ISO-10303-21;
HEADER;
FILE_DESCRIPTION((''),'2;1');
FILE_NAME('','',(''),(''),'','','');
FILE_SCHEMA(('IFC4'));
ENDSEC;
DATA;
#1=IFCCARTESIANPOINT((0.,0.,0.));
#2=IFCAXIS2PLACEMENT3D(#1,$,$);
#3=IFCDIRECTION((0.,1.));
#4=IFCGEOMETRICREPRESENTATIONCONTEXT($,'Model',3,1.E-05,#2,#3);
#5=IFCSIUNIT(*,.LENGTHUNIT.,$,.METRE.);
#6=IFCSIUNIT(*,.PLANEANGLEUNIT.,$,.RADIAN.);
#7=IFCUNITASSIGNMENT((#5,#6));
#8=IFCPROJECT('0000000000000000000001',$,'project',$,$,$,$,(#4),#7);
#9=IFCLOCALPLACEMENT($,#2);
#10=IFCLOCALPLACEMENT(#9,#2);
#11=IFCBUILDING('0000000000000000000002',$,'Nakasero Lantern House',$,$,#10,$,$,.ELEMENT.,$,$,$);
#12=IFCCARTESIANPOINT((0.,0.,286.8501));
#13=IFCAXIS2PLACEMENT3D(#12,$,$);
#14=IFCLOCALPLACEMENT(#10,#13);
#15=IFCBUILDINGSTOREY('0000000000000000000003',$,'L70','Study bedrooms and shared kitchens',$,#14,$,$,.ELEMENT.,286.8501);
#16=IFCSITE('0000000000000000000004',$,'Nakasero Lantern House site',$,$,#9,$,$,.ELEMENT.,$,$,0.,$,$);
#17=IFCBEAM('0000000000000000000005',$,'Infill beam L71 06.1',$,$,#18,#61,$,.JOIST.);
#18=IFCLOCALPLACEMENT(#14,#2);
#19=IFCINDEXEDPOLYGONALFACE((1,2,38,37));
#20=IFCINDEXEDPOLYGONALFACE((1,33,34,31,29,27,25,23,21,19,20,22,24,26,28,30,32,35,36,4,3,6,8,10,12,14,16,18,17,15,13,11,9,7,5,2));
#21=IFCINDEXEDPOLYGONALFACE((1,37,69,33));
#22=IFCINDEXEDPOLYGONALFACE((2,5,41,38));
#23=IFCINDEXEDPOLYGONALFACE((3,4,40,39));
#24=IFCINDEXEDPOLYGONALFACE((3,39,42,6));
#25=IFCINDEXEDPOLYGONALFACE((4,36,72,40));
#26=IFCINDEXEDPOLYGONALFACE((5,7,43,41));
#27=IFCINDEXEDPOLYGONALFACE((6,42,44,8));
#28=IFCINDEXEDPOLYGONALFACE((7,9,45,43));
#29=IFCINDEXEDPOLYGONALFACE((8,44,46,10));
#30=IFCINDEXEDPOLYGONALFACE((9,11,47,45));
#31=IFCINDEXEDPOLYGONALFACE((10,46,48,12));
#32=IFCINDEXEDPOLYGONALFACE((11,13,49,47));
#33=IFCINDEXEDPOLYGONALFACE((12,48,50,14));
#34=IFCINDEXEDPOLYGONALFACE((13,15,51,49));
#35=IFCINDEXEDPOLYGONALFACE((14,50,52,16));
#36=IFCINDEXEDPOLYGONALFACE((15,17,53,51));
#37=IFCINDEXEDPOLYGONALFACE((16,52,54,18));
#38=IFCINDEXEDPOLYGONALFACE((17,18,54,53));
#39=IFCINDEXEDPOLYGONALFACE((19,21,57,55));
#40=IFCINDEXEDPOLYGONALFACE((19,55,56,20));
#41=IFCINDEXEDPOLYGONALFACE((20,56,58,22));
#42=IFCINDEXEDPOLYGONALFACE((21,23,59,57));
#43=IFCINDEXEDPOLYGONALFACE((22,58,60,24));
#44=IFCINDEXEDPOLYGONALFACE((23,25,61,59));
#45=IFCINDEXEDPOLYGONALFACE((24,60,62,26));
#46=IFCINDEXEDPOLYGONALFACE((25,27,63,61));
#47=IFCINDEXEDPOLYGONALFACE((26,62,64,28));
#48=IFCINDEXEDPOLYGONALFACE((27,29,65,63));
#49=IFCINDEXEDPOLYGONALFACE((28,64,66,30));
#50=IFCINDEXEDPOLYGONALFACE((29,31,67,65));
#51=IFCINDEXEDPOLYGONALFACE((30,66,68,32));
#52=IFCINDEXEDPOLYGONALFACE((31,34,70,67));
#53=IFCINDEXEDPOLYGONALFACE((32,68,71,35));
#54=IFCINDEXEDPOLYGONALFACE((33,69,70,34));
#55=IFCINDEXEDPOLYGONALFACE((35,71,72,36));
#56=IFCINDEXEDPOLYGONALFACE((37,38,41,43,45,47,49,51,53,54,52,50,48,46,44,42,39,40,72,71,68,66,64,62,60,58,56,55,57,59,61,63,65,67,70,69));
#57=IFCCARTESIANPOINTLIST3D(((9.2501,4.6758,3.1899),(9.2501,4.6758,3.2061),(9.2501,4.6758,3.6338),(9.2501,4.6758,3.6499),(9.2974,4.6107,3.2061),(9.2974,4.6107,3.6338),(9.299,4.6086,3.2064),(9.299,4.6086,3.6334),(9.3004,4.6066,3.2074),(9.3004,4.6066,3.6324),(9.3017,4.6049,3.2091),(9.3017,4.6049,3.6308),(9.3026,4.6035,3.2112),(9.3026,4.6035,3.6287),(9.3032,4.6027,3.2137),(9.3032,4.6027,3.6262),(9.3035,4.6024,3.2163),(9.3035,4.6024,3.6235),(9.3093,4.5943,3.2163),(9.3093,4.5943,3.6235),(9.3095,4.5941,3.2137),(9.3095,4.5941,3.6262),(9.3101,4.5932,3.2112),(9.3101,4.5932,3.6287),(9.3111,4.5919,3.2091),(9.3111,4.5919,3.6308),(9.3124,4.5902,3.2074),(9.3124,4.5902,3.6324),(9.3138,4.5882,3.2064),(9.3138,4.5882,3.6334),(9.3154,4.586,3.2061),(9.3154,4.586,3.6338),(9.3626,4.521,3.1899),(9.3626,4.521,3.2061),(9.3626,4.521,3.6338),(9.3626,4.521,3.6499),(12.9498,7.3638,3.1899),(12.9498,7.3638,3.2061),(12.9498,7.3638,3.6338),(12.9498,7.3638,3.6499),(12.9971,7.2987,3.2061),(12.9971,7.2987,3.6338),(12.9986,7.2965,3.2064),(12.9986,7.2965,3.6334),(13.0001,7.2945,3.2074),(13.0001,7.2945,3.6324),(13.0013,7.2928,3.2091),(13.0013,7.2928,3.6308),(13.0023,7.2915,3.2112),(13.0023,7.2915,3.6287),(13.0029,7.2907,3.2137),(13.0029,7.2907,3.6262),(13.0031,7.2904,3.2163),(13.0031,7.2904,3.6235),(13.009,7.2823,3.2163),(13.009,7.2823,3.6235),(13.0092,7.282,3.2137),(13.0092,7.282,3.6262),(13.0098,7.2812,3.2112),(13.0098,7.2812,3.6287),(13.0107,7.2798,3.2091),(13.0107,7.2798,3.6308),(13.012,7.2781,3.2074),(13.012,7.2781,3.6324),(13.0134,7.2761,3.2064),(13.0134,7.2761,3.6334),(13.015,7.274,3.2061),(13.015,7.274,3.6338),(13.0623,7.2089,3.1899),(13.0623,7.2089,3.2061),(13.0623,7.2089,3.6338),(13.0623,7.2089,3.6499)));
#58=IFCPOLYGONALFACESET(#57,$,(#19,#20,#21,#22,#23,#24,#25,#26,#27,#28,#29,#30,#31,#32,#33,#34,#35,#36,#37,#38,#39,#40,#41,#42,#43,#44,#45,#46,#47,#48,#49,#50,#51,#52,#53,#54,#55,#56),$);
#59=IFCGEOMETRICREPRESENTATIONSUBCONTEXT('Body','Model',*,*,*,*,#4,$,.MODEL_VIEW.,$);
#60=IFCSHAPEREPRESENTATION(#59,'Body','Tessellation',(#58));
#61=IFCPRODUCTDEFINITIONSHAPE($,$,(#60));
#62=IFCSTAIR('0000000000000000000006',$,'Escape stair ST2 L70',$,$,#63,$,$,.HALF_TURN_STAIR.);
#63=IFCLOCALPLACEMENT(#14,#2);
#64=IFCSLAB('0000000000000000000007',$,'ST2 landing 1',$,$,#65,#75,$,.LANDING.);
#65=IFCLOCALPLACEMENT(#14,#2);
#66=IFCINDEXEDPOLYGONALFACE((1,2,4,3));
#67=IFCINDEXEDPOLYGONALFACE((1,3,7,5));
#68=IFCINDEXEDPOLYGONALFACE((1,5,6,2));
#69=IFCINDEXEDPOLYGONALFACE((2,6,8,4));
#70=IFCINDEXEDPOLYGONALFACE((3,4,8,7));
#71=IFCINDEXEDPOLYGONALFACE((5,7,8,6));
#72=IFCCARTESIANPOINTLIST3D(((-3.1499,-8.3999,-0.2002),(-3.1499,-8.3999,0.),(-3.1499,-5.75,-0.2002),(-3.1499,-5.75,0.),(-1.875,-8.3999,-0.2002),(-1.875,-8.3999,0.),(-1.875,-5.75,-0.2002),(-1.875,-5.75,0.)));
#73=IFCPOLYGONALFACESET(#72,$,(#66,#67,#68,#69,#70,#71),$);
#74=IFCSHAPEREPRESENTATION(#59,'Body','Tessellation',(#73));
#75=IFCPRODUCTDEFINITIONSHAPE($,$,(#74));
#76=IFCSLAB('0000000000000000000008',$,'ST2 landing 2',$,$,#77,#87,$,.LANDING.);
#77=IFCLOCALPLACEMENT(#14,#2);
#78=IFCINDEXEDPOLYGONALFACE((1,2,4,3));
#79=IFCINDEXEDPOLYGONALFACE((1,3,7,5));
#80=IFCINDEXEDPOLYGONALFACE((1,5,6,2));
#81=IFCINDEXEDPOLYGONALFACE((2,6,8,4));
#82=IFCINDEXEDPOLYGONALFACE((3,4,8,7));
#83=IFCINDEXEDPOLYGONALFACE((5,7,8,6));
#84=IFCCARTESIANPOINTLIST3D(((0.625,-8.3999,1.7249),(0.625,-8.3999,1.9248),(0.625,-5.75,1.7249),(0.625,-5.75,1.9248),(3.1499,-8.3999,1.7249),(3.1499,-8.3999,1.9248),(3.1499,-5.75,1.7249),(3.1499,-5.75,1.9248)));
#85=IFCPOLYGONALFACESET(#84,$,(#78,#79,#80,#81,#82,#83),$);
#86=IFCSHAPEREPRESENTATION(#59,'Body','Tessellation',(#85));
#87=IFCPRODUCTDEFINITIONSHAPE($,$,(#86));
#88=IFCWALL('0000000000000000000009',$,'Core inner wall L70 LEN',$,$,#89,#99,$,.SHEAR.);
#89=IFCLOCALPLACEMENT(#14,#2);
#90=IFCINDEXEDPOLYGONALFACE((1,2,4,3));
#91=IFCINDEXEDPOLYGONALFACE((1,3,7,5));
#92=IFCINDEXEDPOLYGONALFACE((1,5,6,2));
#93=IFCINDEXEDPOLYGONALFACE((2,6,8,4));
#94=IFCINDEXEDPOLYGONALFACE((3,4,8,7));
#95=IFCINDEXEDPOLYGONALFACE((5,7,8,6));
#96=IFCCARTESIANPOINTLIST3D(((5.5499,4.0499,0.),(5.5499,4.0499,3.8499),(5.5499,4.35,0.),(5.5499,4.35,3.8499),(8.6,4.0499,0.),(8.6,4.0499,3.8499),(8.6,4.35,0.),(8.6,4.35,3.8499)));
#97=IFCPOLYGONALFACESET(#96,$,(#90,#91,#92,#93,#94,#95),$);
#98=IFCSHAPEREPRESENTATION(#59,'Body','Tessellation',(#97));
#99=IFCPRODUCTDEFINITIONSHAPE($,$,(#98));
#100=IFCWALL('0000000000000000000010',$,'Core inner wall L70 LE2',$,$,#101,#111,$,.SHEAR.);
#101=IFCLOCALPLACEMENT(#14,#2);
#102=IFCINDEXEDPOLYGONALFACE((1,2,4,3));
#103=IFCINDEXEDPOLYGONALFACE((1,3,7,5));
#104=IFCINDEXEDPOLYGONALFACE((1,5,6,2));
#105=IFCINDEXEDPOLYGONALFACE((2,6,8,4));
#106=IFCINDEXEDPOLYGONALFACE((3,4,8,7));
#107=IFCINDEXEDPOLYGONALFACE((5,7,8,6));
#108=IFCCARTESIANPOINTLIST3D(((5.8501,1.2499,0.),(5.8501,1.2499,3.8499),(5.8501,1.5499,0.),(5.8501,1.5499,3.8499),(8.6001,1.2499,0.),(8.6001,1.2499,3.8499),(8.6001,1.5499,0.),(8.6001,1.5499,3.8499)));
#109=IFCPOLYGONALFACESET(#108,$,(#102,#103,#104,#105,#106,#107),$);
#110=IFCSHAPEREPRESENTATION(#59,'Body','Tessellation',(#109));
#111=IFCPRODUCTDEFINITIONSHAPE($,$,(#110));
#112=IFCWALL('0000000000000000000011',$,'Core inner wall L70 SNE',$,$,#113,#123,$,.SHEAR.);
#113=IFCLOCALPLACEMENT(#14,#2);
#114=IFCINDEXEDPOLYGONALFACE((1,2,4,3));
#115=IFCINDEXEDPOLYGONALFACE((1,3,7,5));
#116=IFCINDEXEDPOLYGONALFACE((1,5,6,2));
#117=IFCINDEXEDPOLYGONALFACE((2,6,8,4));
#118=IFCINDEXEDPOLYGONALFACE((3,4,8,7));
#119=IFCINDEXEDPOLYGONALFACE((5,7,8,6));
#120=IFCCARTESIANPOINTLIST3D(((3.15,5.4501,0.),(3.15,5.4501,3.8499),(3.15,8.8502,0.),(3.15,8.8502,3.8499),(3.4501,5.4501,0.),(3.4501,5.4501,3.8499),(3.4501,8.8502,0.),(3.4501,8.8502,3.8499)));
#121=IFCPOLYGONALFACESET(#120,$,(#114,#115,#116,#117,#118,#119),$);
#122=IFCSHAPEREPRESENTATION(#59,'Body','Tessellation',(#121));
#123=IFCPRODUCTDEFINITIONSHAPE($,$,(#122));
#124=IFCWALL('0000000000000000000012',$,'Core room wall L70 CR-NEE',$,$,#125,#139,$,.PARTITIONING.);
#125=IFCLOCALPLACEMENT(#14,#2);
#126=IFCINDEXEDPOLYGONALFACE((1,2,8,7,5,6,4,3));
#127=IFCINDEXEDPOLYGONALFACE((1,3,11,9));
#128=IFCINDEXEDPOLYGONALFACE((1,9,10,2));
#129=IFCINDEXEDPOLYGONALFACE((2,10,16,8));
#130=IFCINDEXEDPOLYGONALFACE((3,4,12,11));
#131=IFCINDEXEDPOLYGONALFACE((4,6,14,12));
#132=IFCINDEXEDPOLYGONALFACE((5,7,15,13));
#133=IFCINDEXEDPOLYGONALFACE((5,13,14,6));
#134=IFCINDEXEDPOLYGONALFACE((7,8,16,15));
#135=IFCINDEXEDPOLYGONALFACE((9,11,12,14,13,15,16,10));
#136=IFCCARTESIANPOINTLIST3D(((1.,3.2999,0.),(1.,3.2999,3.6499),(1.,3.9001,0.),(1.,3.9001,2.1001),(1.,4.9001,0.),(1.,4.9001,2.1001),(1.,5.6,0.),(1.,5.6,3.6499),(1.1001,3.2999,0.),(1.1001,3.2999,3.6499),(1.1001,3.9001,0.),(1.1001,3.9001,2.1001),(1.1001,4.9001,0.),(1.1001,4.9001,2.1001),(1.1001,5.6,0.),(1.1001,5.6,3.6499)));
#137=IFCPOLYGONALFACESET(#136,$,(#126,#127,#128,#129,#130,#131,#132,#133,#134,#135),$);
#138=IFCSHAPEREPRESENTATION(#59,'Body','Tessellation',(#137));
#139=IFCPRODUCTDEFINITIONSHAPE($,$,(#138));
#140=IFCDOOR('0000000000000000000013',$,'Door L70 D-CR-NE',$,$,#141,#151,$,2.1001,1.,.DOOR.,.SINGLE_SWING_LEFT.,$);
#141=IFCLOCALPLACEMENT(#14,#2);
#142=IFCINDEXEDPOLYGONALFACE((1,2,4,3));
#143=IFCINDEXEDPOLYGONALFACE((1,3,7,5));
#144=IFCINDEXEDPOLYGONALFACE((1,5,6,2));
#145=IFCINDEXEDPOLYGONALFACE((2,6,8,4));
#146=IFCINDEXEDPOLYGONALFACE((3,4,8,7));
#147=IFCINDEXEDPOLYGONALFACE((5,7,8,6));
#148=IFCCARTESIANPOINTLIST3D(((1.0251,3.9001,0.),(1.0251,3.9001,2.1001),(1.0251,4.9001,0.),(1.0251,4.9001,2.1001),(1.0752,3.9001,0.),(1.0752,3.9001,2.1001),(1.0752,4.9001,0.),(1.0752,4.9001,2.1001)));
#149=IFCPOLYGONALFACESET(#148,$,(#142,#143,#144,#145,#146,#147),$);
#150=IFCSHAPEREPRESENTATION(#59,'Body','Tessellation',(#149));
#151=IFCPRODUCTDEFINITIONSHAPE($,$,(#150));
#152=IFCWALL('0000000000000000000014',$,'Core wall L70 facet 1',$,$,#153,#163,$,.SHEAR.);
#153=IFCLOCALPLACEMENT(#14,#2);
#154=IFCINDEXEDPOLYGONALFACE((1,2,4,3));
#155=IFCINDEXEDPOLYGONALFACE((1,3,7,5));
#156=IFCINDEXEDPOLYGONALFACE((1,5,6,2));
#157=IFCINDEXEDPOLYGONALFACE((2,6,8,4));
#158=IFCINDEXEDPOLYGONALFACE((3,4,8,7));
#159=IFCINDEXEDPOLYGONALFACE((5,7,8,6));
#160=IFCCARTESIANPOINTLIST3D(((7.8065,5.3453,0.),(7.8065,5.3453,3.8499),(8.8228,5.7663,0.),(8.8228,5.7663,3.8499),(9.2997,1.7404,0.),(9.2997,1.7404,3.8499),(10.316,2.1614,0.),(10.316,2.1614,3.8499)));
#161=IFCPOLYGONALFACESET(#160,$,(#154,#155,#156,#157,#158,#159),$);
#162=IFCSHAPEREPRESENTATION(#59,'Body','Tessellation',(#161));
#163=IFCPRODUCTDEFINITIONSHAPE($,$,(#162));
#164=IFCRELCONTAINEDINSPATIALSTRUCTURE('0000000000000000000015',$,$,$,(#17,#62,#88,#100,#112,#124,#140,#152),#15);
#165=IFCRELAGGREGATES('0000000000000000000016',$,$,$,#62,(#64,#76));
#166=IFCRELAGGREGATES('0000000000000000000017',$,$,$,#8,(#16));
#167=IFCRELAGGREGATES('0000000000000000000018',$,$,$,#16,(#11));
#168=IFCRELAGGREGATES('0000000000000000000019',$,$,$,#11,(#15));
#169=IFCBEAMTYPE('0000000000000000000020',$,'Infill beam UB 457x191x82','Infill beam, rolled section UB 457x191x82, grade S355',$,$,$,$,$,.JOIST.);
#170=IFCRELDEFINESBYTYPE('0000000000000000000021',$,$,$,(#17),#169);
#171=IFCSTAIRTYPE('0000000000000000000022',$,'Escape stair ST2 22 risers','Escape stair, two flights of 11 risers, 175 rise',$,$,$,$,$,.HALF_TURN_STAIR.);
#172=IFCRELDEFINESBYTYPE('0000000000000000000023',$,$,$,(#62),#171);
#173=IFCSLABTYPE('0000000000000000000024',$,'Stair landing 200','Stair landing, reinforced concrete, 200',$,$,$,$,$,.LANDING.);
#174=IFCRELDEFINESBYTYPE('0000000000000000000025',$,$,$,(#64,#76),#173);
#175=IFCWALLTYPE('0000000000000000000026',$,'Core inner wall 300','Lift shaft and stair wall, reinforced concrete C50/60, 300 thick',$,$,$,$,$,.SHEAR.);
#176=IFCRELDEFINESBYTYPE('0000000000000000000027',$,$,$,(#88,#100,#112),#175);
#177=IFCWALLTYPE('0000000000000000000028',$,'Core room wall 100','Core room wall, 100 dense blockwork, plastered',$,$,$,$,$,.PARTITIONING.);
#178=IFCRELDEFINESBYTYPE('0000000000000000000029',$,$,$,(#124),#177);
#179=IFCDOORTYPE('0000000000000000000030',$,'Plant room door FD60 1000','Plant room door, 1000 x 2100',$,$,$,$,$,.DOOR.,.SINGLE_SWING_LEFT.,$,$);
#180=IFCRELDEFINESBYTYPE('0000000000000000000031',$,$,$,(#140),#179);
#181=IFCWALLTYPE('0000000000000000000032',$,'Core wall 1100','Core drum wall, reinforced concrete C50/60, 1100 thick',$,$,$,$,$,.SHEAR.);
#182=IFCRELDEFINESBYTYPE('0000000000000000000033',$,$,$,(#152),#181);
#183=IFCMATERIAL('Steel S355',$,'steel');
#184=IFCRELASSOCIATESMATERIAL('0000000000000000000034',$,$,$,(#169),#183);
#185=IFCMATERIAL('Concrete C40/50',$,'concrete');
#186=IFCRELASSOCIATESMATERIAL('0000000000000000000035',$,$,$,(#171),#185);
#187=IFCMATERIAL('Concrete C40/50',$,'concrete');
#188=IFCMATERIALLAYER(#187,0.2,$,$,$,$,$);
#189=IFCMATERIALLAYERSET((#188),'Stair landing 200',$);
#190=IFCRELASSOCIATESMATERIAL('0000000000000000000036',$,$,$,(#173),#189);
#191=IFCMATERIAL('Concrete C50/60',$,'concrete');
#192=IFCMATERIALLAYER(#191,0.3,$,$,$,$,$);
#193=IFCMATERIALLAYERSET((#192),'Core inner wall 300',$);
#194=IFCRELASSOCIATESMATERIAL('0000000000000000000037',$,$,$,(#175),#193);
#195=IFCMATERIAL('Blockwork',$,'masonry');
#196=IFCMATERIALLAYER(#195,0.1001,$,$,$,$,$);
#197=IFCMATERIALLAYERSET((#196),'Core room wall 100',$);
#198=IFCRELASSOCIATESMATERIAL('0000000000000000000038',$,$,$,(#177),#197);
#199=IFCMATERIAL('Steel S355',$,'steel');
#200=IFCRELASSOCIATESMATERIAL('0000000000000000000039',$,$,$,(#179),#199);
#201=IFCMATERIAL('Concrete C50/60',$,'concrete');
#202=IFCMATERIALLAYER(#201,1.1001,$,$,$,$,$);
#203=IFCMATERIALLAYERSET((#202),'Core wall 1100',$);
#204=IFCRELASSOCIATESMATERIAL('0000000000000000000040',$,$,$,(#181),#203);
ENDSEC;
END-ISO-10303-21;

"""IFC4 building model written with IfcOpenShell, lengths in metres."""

from ifc_helpers import new_model, si_unit, direction, frame, frame_2d, origin, origin_2d, place, context, subcontext, project, spatial, polyline, rectangle, i_section, outline, extrude, material, layer, layer_set, material_profile, profile_set, type_object, element, fill, aggregate, save


model = new_model("IFC4")

# Units and contexts
model_context = context("Model", 3, precision=1e-05, world=origin(), true_north=direction((0.0, 1.0)))
body_context = subcontext(model_context, "Body", "Model", "MODEL_VIEW")
ifc_project = project(units=[si_unit("LENGTHUNIT", "METRE"), si_unit("PLANEANGLEUNIT", "RADIAN")], contexts=[model_context])

# Site, building, storey
site_placement = place(None, origin())
site = spatial("IfcSite", under=ifc_project, at=site_placement, Name="Nakasero Lantern House site", CompositionType="ELEMENT", RefElevation=0.0)
building_placement = place(site_placement, origin())
building = spatial("IfcBuilding", under=site, at=building_placement, Name="Nakasero Lantern House", CompositionType="ELEMENT")
storey_placement = place(building_placement, frame((0.0, 0.0, 286.8501)))
storey = spatial("IfcBuildingStorey", under=building, at=storey_placement, Name="L70", Description="Study bedrooms and shared kitchens", CompositionType="ELEMENT", Elevation=286.8501)

# Beam
ifc_material_1 = material(Name="Steel S355", Category="steel")
ifc_material_profile = material_profile(ifc_material_1, i_section(OverallWidth=0.1914, OverallDepth=0.46, WebThickness=0.01, FlangeThickness=0.0161, FilletRadius=0.0103, at=origin_2d()), Name="UB 457x191x82")
ifc_profile_set = profile_set([ifc_material_profile], Name="Steel S355")
beam_type = type_object("IfcBeamType", Name="Infill beam UB 457x191x82", Description="Infill beam, rolled section UB 457x191x82, grade S355", PredefinedType="JOIST", material=ifc_profile_set)
beam_placement = place(storey_placement, frame((9.3064, 4.5984, 3.4199), z_axis=(0.809018, 0.587784, 0.0), x_axis=(-0.587784, 0.809018, 0.0)))
element("IfcBeam", 1, at=beam_placement, inside=storey, type_object=beam_type, Name="Infill beam L71 06.1", PredefinedType="JOIST", context=body_context, shape_type="SweptSolid", body=[
    extrude(i_section(OverallWidth=0.1914, OverallDepth=0.46, WebThickness=0.01, FlangeThickness=0.0161, FilletRadius=0.0103, at=origin_2d()), origin(), (0.0, 0.0, 1.0), 4.573),
])

# Stair, slabs
ifc_material_2 = material(Name="Concrete C40/50", Category="concrete")
stair_type_1 = type_object("IfcStairType", Name="Escape stair ST2 22 risers", Description="Escape stair, two flights of 11 risers, 175 rise", PredefinedType="HALF_TURN_STAIR", material=ifc_material_2)
stair_1_placement = place(storey_placement, origin())
stair_1 = element("IfcStair", 2, at=stair_1_placement, inside=storey, type_object=stair_type_1, Name="Escape stair ST2 L70", PredefinedType="HALF_TURN_STAIR")
ifc_material_3 = material(Name="Concrete C40/50", Category="concrete")
ifc_layer_1 = layer(ifc_material_3, 0.2)
ifc_layer_set_1 = layer_set([ifc_layer_1], Name="Stair landing 200")
slab_type = type_object("IfcSlabType", Name="Stair landing 200", Description="Stair landing, reinforced concrete, 200", PredefinedType="LANDING", material=ifc_layer_set_1)
slab_1_placement = place(storey_placement, frame((0.0, 0.0, -0.2002)))
slab_1 = element("IfcSlab", 3, at=slab_1_placement, type_object=slab_type, Name="ST2 landing 1", PredefinedType="LANDING", context=body_context, shape_type="SweptSolid", body=[
    extrude(outline(polyline([(-3.1499, -8.3999), (-1.875, -8.3999), (-1.875, -5.75), (-3.1499, -5.75), (-3.1499, -8.3999)])), origin(), (0.0, 0.0, 1.0), 0.2002),
])
slab_2_placement = place(storey_placement, frame((0.0, 0.0, 1.7249)))
slab_2 = element("IfcSlab", 4, at=slab_2_placement, type_object=slab_type, Name="ST2 landing 2", PredefinedType="LANDING", context=body_context, shape_type="SweptSolid", body=[
    extrude(outline(polyline([(0.625, -8.3999), (3.1499, -8.3999), (3.1499, -5.75), (0.625, -5.75), (0.625, -8.3999)])), origin(), (0.0, 0.0, 1.0), 0.2),
])
aggregate(stair_1, [slab_1, slab_2])

# Walls
ifc_material_4 = material(Name="Concrete C50/60", Category="concrete")
ifc_layer_2 = layer(ifc_material_4, 0.3)
ifc_layer_set_2 = layer_set([ifc_layer_2], Name="Core inner wall 300")
wall_type_1 = type_object("IfcWallType", Name="Core inner wall 300", Description="Lift shaft and stair wall, reinforced concrete C50/60, 300 thick", PredefinedType="SHEAR", material=ifc_layer_set_2)
wall_1_placement = place(storey_placement, frame((5.55, 4.2, 0.0), z_axis=(0.0, 0.0, 1.0), x_axis=(1.0, 0.0, 0.0)))
element("IfcWall", 5, at=wall_1_placement, inside=storey, type_object=wall_type_1, Name="Core inner wall L70 LEN", PredefinedType="SHEAR", context=body_context, shape_type="SweptSolid", body=[
    extrude(rectangle(XDim=3.05, YDim=0.3, at=frame_2d((1.5249, 0.0))), origin(), (0.0, 0.0, 1.0), 3.8499),
])
wall_2_placement = place(storey_placement, frame((5.8501, 1.3999, 0.0), z_axis=(0.0, 0.0, 1.0), x_axis=(1.0, 0.0, 0.0)))
element("IfcWall", 6, at=wall_2_placement, inside=storey, type_object=wall_type_1, Name="Core inner wall L70 LE2", PredefinedType="SHEAR", context=body_context, shape_type="SweptSolid", body=[
    extrude(rectangle(XDim=2.75, YDim=0.3, at=frame_2d((1.375, 0.0))), origin(), (0.0, 0.0, 1.0), 3.8499),
])
wall_3_placement = place(storey_placement, frame((3.3, 5.45, 0.0), z_axis=(0.0, 0.0, 1.0), x_axis=(0.0, 1.0, 0.0)))
element("IfcWall", 7, at=wall_3_placement, inside=storey, type_object=wall_type_1, Name="Core inner wall L70 SNE", PredefinedType="SHEAR", context=body_context, shape_type="SweptSolid", body=[
    extrude(rectangle(XDim=3.4001, YDim=0.3, at=frame_2d((1.7002, 0.0))), origin(), (0.0, 0.0, 1.0), 3.8499),
])

# Wall, opening, door
ifc_material_5 = material(Name="Blockwork", Category="masonry")
ifc_layer_3 = layer(ifc_material_5, 0.1001)
ifc_layer_set_3 = layer_set([ifc_layer_3], Name="Core room wall 100")
wall_type_2 = type_object("IfcWallType", Name="Core room wall 100", Description="Core room wall, 100 dense blockwork, plastered", PredefinedType="PARTITIONING", material=ifc_layer_set_3)
wall_4_placement = place(storey_placement, frame((1.05, 3.3, 0.0), z_axis=(0.0, 0.0, 1.0), x_axis=(0.0, 1.0, 0.0)))
wall_4 = element("IfcWall", 8, at=wall_4_placement, inside=storey, type_object=wall_type_2, Name="Core room wall L70 CR-NEE", PredefinedType="PARTITIONING", context=body_context, shape_type="SweptSolid", body=[
    extrude(rectangle(XDim=2.3, YDim=0.1001, at=frame_2d((1.1499, 0.0))), origin(), (0.0, 0.0, 1.0), 3.6499),
])
opening_1_placement = place(wall_4_placement, frame((0.6001, 0.0, 0.0)))
opening_1 = element("IfcOpeningElement", 9, at=opening_1_placement, cuts=wall_4, PredefinedType="OPENING", context=body_context, shape_type="SweptSolid", body=[
    extrude(rectangle(XDim=1.0, YDim=2.1001, at=frame_2d((0.5, 1.05))), frame((0.0, 0.0701, 0.0), z_axis=(0.0, -1.0, 0.0), x_axis=(1.0, 0.0, 0.0)), (0.0, 0.0, 1.0), 0.1401),
])
ifc_material_6 = material(Name="Steel S355", Category="steel")
door_type_1 = type_object("IfcDoorType", Name="Plant room door FD60 1000", Description="Plant room door, 1000 x 2100", OperationType="SINGLE_SWING_LEFT", PredefinedType="DOOR", material=ifc_material_6)
door_1_placement = place(opening_1_placement, origin())
door_1 = element("IfcDoor", 10, at=door_1_placement, inside=storey, type_object=door_type_1, Name="Door L70 D-CR-NE", OperationType="SINGLE_SWING_LEFT", OverallHeight=2.1001, OverallWidth=1.0, PredefinedType="DOOR", context=body_context, shape_type="SweptSolid", body=[
    extrude(rectangle(XDim=1.0, YDim=2.1001, at=frame_2d((0.5, 1.05))), frame((0.0, 0.0249, 0.0), z_axis=(0.0, -1.0, 0.0), x_axis=(1.0, 0.0, 0.0)), (0.0, 0.0, 1.0), 0.05),
])
fill(opening_1, door_1)

# Wall
ifc_material_7 = material(Name="Concrete C50/60", Category="concrete")
ifc_layer_4 = layer(ifc_material_7, 1.1001)
ifc_layer_set_4 = layer_set([ifc_layer_4], Name="Core wall 1100")
wall_type_3 = type_object("IfcWallType", Name="Core wall 1100", Description="Core drum wall, reinforced concrete C50/60, 1100 thick", PredefinedType="SHEAR", material=ifc_layer_set_4)
wall_5_placement = place(storey_placement, frame((9.8079, 1.9509, 0.0), z_axis=(0.0, 0.0, 1.0), x_axis=(-0.382691, 0.923877, 0.0)))
element("IfcWall", 11, at=wall_5_placement, inside=storey, type_object=wall_type_3, Name="Core wall L70 facet 1", PredefinedType="SHEAR", context=body_context, shape_type="SweptSolid", body=[
    extrude(rectangle(XDim=3.9019, YDim=1.1001, at=frame_2d((1.9509, 0.0))), origin(), (0.0, 0.0, 1.0), 3.8499),
])

save(model, "model.ifc")
